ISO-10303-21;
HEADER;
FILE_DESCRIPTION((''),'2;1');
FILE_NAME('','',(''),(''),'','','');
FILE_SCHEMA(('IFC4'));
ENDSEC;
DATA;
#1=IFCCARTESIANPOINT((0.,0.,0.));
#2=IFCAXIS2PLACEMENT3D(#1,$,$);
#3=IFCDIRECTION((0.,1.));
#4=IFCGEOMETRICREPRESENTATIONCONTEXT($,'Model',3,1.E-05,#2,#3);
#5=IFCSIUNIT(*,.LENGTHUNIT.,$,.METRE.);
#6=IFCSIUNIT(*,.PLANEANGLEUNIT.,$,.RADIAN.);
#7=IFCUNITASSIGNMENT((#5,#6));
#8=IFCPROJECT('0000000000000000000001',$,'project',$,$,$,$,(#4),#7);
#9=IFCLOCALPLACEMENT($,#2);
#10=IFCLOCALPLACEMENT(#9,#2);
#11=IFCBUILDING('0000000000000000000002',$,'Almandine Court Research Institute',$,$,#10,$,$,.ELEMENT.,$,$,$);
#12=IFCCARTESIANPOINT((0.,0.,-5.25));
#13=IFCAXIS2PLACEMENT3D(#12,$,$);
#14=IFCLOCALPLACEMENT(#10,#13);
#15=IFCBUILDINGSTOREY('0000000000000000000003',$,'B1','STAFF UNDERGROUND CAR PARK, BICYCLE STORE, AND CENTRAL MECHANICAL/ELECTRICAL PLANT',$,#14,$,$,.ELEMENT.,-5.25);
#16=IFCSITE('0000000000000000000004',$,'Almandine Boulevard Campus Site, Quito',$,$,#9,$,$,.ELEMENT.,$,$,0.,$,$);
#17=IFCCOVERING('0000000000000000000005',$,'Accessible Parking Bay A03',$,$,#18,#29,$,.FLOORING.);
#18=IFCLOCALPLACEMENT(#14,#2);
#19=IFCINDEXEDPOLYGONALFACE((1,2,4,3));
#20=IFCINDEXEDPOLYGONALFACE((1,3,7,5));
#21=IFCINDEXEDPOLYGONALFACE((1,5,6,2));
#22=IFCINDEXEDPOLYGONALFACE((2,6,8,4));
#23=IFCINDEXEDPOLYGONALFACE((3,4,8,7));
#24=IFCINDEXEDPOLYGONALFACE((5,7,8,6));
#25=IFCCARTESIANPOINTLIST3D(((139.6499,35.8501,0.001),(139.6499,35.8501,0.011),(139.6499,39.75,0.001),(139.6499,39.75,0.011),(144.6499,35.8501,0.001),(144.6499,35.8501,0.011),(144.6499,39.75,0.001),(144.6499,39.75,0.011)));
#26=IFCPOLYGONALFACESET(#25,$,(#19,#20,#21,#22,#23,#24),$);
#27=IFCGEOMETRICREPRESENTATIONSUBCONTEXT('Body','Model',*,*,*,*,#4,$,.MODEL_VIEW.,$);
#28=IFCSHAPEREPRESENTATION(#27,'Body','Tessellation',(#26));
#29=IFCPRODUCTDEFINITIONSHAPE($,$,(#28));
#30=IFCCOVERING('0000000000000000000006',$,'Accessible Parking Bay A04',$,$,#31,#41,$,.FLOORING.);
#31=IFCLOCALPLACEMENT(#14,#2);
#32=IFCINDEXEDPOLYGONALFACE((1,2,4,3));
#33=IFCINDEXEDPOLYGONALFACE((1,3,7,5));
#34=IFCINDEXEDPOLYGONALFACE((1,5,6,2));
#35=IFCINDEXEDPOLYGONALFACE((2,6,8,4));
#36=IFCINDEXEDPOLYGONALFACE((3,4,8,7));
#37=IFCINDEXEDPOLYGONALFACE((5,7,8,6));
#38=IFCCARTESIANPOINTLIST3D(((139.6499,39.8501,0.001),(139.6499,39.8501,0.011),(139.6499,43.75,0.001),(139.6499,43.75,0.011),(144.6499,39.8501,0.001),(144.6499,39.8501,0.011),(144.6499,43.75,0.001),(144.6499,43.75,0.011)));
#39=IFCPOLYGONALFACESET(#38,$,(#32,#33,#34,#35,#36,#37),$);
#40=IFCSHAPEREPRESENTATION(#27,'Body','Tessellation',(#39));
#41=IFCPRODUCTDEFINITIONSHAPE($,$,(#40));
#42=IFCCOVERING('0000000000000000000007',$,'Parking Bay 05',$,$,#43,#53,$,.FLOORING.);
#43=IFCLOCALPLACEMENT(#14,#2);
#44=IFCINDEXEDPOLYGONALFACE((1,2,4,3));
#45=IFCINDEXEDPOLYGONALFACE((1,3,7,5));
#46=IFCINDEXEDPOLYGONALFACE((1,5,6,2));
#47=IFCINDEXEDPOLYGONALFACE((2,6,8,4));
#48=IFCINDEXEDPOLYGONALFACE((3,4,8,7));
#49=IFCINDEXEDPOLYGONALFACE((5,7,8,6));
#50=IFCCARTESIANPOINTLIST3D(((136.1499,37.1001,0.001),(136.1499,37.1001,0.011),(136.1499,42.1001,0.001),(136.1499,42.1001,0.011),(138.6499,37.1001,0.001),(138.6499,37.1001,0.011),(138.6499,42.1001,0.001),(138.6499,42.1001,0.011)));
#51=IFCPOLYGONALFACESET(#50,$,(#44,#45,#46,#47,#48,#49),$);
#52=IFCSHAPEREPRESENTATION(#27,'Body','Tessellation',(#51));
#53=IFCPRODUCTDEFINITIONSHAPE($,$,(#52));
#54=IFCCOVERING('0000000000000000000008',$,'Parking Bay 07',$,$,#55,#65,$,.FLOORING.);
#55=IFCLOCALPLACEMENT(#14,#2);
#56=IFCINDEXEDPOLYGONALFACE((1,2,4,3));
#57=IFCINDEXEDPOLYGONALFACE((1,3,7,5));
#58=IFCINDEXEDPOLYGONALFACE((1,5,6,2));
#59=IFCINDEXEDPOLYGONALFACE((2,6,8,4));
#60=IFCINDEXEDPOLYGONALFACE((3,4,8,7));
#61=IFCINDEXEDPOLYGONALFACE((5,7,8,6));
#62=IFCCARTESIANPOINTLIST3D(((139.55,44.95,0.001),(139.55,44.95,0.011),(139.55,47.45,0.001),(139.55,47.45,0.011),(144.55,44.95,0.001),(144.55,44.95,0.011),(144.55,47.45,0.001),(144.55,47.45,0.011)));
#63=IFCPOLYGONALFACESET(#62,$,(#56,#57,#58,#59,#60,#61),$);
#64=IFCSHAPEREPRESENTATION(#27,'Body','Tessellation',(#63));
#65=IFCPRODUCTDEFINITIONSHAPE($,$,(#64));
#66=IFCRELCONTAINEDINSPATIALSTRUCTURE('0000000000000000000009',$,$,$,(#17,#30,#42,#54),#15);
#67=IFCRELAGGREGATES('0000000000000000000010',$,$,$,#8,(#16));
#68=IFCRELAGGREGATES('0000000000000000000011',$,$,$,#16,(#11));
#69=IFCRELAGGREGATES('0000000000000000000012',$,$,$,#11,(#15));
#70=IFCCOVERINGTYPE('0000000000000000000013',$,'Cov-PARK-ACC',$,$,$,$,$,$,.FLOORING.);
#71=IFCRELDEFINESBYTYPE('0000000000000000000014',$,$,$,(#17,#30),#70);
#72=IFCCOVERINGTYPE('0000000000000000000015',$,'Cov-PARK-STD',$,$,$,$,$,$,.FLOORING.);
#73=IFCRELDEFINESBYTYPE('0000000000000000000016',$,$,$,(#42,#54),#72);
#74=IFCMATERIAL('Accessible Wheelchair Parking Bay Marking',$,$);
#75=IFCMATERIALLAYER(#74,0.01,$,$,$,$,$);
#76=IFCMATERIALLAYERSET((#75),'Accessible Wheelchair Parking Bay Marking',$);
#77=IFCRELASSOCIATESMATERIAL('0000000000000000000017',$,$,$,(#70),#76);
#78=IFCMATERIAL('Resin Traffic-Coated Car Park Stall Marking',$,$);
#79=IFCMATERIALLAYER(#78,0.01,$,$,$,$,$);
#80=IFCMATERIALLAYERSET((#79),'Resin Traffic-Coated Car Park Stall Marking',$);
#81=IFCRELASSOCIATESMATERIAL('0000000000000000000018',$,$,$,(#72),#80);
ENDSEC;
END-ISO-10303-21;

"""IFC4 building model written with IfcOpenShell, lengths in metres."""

from ifc_helpers import new_model, si_unit, direction, frame, origin, origin_2d, place, context, subcontext, project, spatial, rectangle, extrude, material, layer, layer_set, type_object, element, save


model = new_model("IFC4")

# Units and contexts
model_context = context("Model", 3, precision=1e-05, world=origin(), true_north=direction((0.0, 1.0)))
body_context = subcontext(model_context, "Body", "Model", "MODEL_VIEW")
ifc_project = project(units=[si_unit("LENGTHUNIT", "METRE"), si_unit("PLANEANGLEUNIT", "RADIAN")], contexts=[model_context])

# Site, building, storey
site_placement = place(None, origin())
site = spatial("IfcSite", under=ifc_project, at=site_placement, Name="Almandine Boulevard Campus Site, Quito", CompositionType="ELEMENT", RefElevation=0.0)
building_placement = place(site_placement, origin())
building = spatial("IfcBuilding", under=site, at=building_placement, Name="Almandine Court Research Institute", CompositionType="ELEMENT")
storey_placement = place(building_placement, frame((0.0, 0.0, -5.25)))
storey = spatial("IfcBuildingStorey", under=building, at=storey_placement, Name="B1", Description="STAFF UNDERGROUND CAR PARK, BICYCLE STORE, AND CENTRAL MECHANICAL/ELECTRICAL PLANT", CompositionType="ELEMENT", Elevation=-5.25)

# Coverings
ifc_material_1 = material(Name="Accessible Wheelchair Parking Bay Marking")
ifc_layer_1 = layer(ifc_material_1, 0.01)
ifc_layer_set_1 = layer_set([ifc_layer_1], Name="Accessible Wheelchair Parking Bay Marking")
covering_type_1 = type_object("IfcCoveringType", Name="Cov-PARK-ACC", PredefinedType="FLOORING", material=ifc_layer_set_1)
for number, where, z_axis, x_axis, name in (
    (1, (142.1499, 37.8, 0.001), (0.0, 0.0, 1.0), (0.0, 1.0, 0.0), "Accessible Parking Bay A03"),
    (2, (142.1499, 41.8, 0.001), (0.0, 0.0, 1.0), (0.0, 1.0, 0.0), "Accessible Parking Bay A04"),
):
    element("IfcCovering", number, at=place(storey_placement, frame(where, z_axis=z_axis, x_axis=x_axis)), inside=storey, type_object=covering_type_1, Name=name, PredefinedType="FLOORING", context=body_context, shape_type="SweptSolid", body=[
        extrude(rectangle(XDim=3.8999, YDim=5.0, at=origin_2d()), origin(), (0.0, 0.0, 1.0), 0.01),
    ])
ifc_material_2 = material(Name="Resin Traffic-Coated Car Park Stall Marking")
ifc_layer_2 = layer(ifc_material_2, 0.01)
ifc_layer_set_2 = layer_set([ifc_layer_2], Name="Resin Traffic-Coated Car Park Stall Marking")
covering_type_2 = type_object("IfcCoveringType", Name="Cov-PARK-STD", PredefinedType="FLOORING", material=ifc_layer_set_2)
for number, where, z_axis, x_axis, name in (
    (3, (137.3999, 39.6001, 0.001), (0.0, 0.0, 1.0), (0.0, 1.0, 0.0), "Parking Bay 05"),
    (4, (142.05, 46.2, 0.001), (0.0, 0.0, 1.0), (1.0, 0.0, 0.0), "Parking Bay 07"),
):
    element("IfcCovering", number, at=place(storey_placement, frame(where, z_axis=z_axis, x_axis=x_axis)), inside=storey, type_object=covering_type_2, Name=name, PredefinedType="FLOORING", context=body_context, shape_type="SweptSolid", body=[
        extrude(rectangle(XDim=5.0, YDim=2.5, at=origin_2d()), origin(), (0.0, 0.0, 1.0), 0.01),
    ])

save(model, "model.ifc")
